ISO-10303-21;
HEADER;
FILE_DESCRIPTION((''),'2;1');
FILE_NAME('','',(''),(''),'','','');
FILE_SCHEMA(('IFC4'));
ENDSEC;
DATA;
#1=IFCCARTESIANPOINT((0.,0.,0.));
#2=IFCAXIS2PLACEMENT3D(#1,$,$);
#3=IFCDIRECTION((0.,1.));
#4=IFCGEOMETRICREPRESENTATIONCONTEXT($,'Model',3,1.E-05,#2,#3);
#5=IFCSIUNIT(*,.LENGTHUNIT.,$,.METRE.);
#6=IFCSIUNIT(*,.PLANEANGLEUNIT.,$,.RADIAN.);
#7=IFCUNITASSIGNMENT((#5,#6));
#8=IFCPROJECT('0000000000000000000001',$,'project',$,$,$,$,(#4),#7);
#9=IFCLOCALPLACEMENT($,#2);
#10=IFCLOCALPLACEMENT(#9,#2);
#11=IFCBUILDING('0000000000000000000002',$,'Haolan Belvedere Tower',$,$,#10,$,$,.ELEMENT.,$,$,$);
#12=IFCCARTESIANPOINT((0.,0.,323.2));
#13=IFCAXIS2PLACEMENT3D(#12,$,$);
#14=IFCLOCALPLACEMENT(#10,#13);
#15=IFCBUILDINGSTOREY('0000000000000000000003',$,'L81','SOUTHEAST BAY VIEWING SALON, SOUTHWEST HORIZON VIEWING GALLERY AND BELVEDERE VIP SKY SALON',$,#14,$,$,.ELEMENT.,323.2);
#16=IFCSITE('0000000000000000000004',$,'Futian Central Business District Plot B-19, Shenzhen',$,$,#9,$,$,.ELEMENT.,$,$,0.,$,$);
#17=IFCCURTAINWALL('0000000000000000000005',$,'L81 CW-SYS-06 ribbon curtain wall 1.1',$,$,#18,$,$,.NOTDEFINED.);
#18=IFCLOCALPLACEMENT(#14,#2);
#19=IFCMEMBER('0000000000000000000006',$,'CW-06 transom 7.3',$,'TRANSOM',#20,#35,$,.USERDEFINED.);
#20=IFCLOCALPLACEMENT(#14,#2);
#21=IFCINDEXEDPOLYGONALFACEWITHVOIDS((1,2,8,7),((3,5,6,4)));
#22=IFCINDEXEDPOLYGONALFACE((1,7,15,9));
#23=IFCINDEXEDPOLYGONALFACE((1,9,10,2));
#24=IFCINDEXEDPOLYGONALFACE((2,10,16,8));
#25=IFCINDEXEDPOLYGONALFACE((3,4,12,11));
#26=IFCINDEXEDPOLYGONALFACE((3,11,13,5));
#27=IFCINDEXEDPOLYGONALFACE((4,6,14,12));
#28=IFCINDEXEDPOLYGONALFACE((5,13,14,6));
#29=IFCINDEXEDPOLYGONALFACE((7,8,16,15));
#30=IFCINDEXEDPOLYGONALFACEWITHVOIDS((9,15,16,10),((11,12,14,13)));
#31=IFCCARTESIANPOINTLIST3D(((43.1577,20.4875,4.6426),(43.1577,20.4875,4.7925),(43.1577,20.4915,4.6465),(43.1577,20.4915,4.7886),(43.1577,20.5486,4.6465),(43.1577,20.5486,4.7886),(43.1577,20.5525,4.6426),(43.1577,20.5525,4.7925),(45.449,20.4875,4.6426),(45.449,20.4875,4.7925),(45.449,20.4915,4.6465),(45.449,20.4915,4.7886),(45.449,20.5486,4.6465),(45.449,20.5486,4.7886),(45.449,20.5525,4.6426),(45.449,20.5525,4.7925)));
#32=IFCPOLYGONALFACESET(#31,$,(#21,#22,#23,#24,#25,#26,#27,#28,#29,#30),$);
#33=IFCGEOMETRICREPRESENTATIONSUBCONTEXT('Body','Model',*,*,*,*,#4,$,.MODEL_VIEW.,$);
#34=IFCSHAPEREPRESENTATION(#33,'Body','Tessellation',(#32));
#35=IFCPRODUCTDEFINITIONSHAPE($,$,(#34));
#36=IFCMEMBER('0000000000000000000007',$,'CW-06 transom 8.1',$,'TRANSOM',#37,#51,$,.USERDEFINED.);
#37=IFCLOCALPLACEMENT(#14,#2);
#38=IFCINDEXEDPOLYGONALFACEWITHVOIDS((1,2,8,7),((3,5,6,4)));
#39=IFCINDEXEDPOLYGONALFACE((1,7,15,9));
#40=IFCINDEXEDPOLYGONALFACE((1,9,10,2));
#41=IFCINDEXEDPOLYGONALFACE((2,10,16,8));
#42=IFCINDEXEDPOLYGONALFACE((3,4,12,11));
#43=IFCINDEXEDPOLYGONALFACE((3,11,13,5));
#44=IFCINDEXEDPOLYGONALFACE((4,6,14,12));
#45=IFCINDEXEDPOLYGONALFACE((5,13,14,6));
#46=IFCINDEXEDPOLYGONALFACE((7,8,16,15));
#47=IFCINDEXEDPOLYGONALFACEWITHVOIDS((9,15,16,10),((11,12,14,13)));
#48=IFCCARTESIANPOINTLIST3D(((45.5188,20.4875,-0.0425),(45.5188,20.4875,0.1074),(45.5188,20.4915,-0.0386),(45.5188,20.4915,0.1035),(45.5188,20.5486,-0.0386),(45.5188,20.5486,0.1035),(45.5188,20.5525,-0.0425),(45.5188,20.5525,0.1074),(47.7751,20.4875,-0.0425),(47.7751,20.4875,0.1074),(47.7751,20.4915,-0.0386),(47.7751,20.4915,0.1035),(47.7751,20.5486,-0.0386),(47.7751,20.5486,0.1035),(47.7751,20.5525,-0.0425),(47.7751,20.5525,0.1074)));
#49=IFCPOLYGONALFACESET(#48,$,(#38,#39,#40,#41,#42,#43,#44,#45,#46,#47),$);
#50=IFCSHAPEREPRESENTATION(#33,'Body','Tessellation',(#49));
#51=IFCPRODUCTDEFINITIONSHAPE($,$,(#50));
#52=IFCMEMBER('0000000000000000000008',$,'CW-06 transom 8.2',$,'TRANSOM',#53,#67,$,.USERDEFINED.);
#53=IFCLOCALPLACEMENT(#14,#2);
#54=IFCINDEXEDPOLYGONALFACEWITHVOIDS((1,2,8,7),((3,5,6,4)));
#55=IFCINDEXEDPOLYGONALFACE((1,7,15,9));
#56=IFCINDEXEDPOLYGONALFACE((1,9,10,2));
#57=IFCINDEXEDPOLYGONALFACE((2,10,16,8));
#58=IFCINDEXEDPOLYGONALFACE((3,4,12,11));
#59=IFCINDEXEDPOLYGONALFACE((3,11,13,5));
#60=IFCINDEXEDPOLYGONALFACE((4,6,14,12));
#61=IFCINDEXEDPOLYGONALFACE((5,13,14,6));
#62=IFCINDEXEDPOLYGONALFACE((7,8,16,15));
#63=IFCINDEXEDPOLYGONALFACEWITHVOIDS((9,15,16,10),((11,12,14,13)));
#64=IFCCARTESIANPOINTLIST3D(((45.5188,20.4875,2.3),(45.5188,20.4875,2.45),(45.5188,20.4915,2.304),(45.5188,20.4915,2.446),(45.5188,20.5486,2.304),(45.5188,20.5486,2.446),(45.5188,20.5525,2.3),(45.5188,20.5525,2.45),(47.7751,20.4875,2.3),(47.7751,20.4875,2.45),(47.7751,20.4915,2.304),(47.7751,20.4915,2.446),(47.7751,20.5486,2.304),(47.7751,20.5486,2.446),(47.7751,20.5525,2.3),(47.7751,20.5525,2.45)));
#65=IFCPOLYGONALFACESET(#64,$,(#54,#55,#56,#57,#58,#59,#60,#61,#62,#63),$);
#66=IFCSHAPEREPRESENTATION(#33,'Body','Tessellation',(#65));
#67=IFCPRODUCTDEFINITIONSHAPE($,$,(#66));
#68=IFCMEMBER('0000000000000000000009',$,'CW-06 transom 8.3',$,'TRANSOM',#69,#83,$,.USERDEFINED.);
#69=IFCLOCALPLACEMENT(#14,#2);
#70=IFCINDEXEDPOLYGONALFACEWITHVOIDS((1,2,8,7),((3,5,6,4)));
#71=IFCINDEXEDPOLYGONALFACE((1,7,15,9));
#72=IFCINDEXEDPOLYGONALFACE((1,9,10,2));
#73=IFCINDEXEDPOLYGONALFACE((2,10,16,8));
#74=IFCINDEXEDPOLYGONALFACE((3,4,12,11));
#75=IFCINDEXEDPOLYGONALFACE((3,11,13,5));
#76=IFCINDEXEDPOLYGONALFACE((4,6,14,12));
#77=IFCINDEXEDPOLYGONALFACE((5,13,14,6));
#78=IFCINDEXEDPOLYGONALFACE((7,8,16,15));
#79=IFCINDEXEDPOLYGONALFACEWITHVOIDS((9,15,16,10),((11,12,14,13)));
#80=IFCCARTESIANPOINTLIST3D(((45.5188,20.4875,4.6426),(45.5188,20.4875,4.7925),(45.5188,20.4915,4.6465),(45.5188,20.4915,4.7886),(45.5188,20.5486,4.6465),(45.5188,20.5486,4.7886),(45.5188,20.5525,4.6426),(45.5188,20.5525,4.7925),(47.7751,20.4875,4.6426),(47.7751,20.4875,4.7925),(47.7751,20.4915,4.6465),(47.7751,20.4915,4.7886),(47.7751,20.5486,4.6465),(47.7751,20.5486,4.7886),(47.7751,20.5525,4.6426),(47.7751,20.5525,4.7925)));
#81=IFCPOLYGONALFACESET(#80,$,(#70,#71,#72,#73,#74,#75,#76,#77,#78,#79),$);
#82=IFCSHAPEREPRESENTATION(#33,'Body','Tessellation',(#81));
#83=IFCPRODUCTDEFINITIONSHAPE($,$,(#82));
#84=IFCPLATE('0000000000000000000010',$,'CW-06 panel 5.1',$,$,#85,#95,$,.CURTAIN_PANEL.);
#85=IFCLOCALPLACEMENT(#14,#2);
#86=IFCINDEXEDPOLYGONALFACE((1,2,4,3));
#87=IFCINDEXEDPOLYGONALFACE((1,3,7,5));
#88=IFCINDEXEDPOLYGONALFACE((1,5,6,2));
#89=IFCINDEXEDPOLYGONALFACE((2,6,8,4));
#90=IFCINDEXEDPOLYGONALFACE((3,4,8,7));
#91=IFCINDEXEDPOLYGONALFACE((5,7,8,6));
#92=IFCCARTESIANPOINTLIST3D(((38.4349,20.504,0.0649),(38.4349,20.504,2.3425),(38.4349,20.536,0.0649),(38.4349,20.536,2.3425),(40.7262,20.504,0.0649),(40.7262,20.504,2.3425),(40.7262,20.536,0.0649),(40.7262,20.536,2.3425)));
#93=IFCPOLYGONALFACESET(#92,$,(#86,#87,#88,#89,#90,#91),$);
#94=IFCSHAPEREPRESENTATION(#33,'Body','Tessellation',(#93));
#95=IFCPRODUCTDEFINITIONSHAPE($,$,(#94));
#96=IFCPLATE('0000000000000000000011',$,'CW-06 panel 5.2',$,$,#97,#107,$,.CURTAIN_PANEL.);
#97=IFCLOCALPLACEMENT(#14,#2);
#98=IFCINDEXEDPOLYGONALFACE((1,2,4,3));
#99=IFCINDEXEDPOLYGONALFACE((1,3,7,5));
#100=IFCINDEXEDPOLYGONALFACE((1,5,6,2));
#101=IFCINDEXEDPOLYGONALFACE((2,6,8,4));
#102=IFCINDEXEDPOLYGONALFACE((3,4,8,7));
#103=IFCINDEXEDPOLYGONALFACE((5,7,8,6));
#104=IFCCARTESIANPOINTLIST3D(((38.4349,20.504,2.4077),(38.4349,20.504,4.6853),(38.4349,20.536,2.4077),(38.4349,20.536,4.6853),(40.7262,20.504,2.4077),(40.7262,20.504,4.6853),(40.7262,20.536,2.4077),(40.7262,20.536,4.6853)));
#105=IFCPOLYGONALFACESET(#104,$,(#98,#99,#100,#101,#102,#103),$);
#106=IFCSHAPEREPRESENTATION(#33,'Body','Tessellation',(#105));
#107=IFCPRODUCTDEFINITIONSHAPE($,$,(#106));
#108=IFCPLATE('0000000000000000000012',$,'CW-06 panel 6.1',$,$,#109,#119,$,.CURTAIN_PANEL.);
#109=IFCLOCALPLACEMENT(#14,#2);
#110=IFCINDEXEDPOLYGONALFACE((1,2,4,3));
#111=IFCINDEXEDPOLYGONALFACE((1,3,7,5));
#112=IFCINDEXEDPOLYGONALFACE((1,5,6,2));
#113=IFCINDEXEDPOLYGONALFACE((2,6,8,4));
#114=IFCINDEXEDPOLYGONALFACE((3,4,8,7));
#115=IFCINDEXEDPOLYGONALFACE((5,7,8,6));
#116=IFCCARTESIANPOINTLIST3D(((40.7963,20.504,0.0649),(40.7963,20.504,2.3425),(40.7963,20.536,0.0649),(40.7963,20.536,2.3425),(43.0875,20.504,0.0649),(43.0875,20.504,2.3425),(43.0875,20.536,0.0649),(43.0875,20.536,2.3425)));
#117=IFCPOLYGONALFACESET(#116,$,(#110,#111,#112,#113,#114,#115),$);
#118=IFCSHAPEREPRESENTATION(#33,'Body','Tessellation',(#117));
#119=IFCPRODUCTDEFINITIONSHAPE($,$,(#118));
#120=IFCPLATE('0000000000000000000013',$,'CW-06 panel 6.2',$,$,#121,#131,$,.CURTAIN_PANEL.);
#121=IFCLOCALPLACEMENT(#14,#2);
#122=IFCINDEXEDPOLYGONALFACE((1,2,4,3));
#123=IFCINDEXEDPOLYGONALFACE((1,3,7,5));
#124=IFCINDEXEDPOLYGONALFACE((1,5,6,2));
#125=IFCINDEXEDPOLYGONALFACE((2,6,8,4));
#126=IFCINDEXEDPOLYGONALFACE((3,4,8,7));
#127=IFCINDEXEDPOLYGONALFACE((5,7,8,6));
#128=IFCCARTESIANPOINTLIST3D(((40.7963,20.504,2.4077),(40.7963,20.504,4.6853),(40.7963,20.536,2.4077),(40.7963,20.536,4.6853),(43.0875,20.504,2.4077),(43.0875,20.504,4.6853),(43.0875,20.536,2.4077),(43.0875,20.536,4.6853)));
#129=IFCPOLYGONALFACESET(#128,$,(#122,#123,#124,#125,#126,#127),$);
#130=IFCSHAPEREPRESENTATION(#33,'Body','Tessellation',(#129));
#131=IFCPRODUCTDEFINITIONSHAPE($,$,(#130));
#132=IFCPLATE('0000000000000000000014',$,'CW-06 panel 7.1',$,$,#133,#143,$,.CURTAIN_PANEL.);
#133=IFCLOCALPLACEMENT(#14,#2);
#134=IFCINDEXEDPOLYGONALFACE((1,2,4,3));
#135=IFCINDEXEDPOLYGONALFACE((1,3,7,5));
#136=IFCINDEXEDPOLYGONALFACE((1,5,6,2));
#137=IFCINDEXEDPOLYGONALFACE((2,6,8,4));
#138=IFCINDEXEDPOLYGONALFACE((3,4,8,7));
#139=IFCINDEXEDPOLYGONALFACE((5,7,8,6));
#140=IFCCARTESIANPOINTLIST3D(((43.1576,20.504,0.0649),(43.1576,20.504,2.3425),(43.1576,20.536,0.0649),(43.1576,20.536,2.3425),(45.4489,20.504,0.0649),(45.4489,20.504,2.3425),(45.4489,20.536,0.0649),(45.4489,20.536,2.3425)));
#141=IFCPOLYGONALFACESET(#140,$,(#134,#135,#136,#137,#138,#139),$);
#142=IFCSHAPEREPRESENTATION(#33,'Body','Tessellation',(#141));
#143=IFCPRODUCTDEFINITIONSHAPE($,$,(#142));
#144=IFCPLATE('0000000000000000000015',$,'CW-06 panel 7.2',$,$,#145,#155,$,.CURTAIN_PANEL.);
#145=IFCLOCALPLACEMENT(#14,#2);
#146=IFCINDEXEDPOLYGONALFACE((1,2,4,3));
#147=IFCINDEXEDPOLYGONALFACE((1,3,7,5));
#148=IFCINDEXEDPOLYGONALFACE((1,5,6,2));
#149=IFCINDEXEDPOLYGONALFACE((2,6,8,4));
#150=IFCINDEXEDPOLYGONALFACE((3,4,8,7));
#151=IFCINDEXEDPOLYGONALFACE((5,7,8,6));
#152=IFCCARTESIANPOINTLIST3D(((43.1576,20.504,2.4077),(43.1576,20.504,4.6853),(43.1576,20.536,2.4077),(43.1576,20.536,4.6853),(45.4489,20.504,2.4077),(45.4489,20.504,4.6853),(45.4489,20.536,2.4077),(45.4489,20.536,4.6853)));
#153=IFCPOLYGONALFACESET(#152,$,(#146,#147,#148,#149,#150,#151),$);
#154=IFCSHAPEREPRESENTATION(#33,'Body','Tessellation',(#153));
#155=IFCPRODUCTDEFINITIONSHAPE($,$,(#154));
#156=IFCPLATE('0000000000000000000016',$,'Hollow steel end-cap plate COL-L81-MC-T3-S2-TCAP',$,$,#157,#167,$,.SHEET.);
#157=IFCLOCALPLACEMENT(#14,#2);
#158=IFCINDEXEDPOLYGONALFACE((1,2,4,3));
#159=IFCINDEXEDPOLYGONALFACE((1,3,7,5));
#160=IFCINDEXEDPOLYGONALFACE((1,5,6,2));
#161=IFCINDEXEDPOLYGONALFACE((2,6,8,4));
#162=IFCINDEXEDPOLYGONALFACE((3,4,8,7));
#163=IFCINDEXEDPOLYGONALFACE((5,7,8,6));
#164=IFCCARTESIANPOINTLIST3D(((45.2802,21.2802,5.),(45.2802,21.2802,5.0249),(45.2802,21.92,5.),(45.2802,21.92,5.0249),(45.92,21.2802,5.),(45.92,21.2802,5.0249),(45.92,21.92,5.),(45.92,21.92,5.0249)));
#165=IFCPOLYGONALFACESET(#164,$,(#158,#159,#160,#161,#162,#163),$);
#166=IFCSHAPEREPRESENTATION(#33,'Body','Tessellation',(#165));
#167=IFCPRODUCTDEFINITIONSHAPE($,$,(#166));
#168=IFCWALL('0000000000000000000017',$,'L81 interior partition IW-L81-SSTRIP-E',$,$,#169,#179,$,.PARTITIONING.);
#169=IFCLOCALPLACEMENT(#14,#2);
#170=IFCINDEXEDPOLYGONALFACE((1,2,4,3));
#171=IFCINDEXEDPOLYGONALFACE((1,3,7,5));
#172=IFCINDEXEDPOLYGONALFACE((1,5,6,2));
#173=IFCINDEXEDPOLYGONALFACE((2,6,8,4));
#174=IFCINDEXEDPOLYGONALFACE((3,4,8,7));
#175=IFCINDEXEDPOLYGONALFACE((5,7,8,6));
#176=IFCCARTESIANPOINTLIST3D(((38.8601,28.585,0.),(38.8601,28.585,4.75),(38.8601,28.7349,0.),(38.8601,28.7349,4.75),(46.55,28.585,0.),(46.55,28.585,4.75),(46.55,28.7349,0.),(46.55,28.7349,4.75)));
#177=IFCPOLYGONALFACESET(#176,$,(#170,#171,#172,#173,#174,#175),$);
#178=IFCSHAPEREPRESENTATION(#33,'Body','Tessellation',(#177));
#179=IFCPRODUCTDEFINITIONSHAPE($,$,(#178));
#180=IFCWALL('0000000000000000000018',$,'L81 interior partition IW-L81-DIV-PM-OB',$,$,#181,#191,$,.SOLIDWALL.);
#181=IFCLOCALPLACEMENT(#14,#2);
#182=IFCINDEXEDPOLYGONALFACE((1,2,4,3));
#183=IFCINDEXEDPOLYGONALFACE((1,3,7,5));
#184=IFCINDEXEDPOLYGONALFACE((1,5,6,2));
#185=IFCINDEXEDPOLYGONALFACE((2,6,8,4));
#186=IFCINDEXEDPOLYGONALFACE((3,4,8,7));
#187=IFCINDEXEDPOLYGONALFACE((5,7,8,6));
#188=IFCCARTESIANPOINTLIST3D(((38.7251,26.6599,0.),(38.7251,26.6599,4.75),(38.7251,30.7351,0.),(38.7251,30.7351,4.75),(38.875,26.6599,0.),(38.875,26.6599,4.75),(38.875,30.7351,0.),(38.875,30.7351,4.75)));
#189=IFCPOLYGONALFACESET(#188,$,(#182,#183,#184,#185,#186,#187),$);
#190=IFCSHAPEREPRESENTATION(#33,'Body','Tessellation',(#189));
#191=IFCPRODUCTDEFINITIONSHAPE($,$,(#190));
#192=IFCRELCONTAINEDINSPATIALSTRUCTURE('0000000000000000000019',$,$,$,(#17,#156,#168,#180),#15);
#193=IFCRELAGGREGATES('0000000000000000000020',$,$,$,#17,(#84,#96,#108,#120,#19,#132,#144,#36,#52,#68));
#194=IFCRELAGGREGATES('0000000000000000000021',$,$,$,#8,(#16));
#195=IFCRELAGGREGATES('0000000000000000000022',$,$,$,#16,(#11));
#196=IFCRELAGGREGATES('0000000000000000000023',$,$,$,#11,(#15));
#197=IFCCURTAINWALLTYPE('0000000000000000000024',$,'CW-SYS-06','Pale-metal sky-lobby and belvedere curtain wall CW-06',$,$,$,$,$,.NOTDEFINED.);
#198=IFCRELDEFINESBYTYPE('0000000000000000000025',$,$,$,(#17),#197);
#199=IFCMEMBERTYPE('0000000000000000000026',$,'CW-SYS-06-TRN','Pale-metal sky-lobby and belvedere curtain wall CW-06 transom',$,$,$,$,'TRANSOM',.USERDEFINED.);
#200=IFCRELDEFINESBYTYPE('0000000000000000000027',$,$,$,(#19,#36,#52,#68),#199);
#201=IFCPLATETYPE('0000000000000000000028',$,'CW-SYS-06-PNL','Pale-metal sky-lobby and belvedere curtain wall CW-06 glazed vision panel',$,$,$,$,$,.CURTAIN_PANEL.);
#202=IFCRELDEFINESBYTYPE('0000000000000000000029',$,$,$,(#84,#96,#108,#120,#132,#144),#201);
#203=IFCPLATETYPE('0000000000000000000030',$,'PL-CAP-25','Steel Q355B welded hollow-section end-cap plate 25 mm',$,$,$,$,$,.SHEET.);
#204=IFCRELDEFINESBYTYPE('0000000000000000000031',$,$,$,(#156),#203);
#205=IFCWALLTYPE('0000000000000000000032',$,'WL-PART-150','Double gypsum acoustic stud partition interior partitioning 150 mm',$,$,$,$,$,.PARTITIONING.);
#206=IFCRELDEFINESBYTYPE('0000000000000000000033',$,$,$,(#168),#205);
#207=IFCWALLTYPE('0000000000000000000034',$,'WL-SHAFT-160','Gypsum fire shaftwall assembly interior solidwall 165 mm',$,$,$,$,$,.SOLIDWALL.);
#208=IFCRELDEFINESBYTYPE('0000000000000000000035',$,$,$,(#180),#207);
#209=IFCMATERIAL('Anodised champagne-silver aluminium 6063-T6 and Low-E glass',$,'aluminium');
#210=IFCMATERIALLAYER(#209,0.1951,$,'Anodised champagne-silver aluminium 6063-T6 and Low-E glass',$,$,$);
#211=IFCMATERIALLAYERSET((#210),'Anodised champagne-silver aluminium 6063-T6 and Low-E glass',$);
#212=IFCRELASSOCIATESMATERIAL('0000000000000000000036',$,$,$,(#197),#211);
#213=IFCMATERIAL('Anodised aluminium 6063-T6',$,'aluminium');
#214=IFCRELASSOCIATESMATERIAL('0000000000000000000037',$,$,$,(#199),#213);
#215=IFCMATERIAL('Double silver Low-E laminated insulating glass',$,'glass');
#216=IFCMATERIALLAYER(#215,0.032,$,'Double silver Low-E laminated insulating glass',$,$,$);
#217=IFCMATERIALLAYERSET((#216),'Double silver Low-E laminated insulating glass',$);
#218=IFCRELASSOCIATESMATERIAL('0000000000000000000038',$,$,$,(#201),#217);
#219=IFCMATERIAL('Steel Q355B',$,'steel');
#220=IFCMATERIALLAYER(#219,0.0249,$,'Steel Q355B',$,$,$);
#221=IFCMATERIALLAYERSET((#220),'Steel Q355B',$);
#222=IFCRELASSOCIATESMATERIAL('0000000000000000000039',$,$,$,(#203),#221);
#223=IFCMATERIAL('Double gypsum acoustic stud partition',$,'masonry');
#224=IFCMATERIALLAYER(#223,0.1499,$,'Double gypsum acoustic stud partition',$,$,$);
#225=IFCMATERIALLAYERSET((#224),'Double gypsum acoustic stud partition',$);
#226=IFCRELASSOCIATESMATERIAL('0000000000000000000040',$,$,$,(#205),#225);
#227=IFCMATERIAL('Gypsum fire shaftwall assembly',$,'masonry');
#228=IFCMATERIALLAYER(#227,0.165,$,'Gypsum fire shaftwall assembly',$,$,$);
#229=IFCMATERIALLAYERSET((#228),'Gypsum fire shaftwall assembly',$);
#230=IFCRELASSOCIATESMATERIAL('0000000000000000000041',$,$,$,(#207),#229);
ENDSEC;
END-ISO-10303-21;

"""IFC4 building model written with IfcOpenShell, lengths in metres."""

from ifc_helpers import new_model, si_unit, direction, frame, frame_2d, origin, origin_2d, place, context, subcontext, project, spatial, rectangle, hollow_rectangle, extrude, material, layer, layer_set, material_profile, profile_set, type_object, element, aggregate, save


model = new_model("IFC4")

# Units and contexts
model_context = context("Model", 3, precision=1e-05, world=origin(), true_north=direction((0.0, 1.0)))
body_context = subcontext(model_context, "Body", "Model", "MODEL_VIEW")
ifc_project = project(units=[si_unit("LENGTHUNIT", "METRE"), si_unit("PLANEANGLEUNIT", "RADIAN")], contexts=[model_context])

# Site, building, storey
site_placement = place(None, origin())
site = spatial("IfcSite", under=ifc_project, at=site_placement, Name="Futian Central Business District Plot B-19, Shenzhen", CompositionType="ELEMENT", RefElevation=0.0)
building_placement = place(site_placement, origin())
building = spatial("IfcBuilding", under=site, at=building_placement, Name="Haolan Belvedere Tower", CompositionType="ELEMENT")
storey_placement = place(building_placement, frame((0.0, 0.0, 323.2)))
storey = spatial("IfcBuildingStorey", under=building, at=storey_placement, Name="L81", Description="SOUTHEAST BAY VIEWING SALON, SOUTHWEST HORIZON VIEWING GALLERY AND BELVEDERE VIP SKY SALON", CompositionType="ELEMENT", Elevation=323.2)

# Shared definitions
ifc_material_1 = material(Name="Steel Q355B", Category="steel")

# Curtain wall, members, plates
ifc_material_2 = material(Name="Anodised champagne-silver aluminium 6063-T6 and Low-E glass", Category="aluminium")
ifc_layer_1 = layer(ifc_material_2, 0.1951, Name="Anodised champagne-silver aluminium 6063-T6 and Low-E glass")
ifc_layer_set_1 = layer_set([ifc_layer_1], Name="Anodised champagne-silver aluminium 6063-T6 and Low-E glass")
curtain_wall_type = type_object("IfcCurtainWallType", Name="CW-SYS-06", Description="Pale-metal sky-lobby and belvedere curtain wall CW-06", PredefinedType="NOTDEFINED", material=ifc_layer_set_1)
curtain_wall_placement = place(storey_placement, origin())
curtain_wall = element("IfcCurtainWall", 1, at=curtain_wall_placement, inside=storey, type_object=curtain_wall_type, Name="L81 CW-SYS-06 ribbon curtain wall 1.1", PredefinedType="NOTDEFINED")
ifc_material_3 = material(Name="Anodised aluminium 6063-T6", Category="aluminium")
ifc_material_profile_1 = material_profile(ifc_material_3, hollow_rectangle(XDim=0.0649, YDim=0.1499, WallThickness=0.0039, at=origin_2d()), Name="Anodised aluminium 6063-T6")
ifc_profile_set_1 = profile_set([ifc_material_profile_1], Name="Anodised aluminium 6063-T6")
member_type_1 = type_object("IfcMemberType", Name="CW-SYS-06-TRN", Description="Pale-metal sky-lobby and belvedere curtain wall CW-06 transom", ElementType="TRANSOM", PredefinedType="USERDEFINED", material=ifc_profile_set_1)
member_1_placement = place(storey_placement, frame((43.1577, 20.52, 4.7175), z_axis=(1.0, 0.0, 0.0), x_axis=(0.0, 1.0, 0.0)))
member_1 = element("IfcMember", 2, at=member_1_placement, type_object=member_type_1, Name="CW-06 transom 7.3", ObjectType="TRANSOM", PredefinedType="USERDEFINED", context=body_context, shape_type="SweptSolid", body=[
    extrude(hollow_rectangle(XDim=0.0649, YDim=0.1499, WallThickness=0.0039, at=origin_2d()), origin(), (0.0, 0.0, 1.0), 2.2913),
])
member_2_placement = place(storey_placement, frame((45.5188, 20.52, 0.0325), z_axis=(1.0, 0.0, 0.0), x_axis=(0.0, 1.0, 0.0)))
member_2 = element("IfcMember", 3, at=member_2_placement, type_object=member_type_1, Name="CW-06 transom 8.1", ObjectType="TRANSOM", PredefinedType="USERDEFINED", context=body_context, shape_type="SweptSolid", body=[
    extrude(hollow_rectangle(XDim=0.0649, YDim=0.1499, WallThickness=0.0039, at=origin_2d()), origin(), (0.0, 0.0, 1.0), 2.2563),
])
member_3_placement = place(storey_placement, frame((45.5188, 20.52, 2.375), z_axis=(1.0, 0.0, 0.0), x_axis=(0.0, 1.0, 0.0)))
member_3 = element("IfcMember", 4, at=member_3_placement, type_object=member_type_1, Name="CW-06 transom 8.2", ObjectType="TRANSOM", PredefinedType="USERDEFINED", context=body_context, shape_type="SweptSolid", body=[
    extrude(hollow_rectangle(XDim=0.0649, YDim=0.1499, WallThickness=0.0039, at=origin_2d()), origin(), (0.0, 0.0, 1.0), 2.2563),
])
member_4_placement = place(storey_placement, frame((45.5188, 20.52, 4.7175), z_axis=(1.0, 0.0, 0.0), x_axis=(0.0, 1.0, 0.0)))
member_4 = element("IfcMember", 5, at=member_4_placement, type_object=member_type_1, Name="CW-06 transom 8.3", ObjectType="TRANSOM", PredefinedType="USERDEFINED", context=body_context, shape_type="SweptSolid", body=[
    extrude(hollow_rectangle(XDim=0.0649, YDim=0.1499, WallThickness=0.0039, at=origin_2d()), origin(), (0.0, 0.0, 1.0), 2.2563),
])
ifc_material_4 = material(Name="Double silver Low-E laminated insulating glass", Category="glass")
ifc_layer_2 = layer(ifc_material_4, 0.032, Name="Double silver Low-E laminated insulating glass")
ifc_layer_set_2 = layer_set([ifc_layer_2], Name="Double silver Low-E laminated insulating glass")
plate_type_1 = type_object("IfcPlateType", Name="CW-SYS-06-PNL", Description="Pale-metal sky-lobby and belvedere curtain wall CW-06 glazed vision panel", PredefinedType="CURTAIN_PANEL", material=ifc_layer_set_2)
plate_1_placement = place(storey_placement, frame((39.5806, 20.52, 0.0649), z_axis=(0.0, 0.0, 1.0), x_axis=(1.0, 0.0, 0.0)))
plate_1 = element("IfcPlate", 6, at=plate_1_placement, type_object=plate_type_1, Name="CW-06 panel 5.1", PredefinedType="CURTAIN_PANEL", context=body_context, shape_type="SweptSolid", body=[
    extrude(rectangle(XDim=2.2913, YDim=0.032, at=origin_2d()), origin(), (0.0, 0.0, 1.0), 2.2776),
])
plate_2_placement = place(storey_placement, frame((39.5806, 20.52, 2.4077), z_axis=(0.0, 0.0, 1.0), x_axis=(1.0, 0.0, 0.0)))
plate_2 = element("IfcPlate", 7, at=plate_2_placement, type_object=plate_type_1, Name="CW-06 panel 5.2", PredefinedType="CURTAIN_PANEL", context=body_context, shape_type="SweptSolid", body=[
    extrude(rectangle(XDim=2.2913, YDim=0.032, at=origin_2d()), origin(), (0.0, 0.0, 1.0), 2.2776),
])
plate_3_placement = place(storey_placement, frame((41.9419, 20.52, 0.0649), z_axis=(0.0, 0.0, 1.0), x_axis=(1.0, 0.0, 0.0)))
plate_3 = element("IfcPlate", 8, at=plate_3_placement, type_object=plate_type_1, Name="CW-06 panel 6.1", PredefinedType="CURTAIN_PANEL", context=body_context, shape_type="SweptSolid", body=[
    extrude(rectangle(XDim=2.2913, YDim=0.032, at=origin_2d()), origin(), (0.0, 0.0, 1.0), 2.2776),
])
plate_4_placement = place(storey_placement, frame((41.9419, 20.52, 2.4077), z_axis=(0.0, 0.0, 1.0), x_axis=(1.0, 0.0, 0.0)))
plate_4 = element("IfcPlate", 9, at=plate_4_placement, type_object=plate_type_1, Name="CW-06 panel 6.2", PredefinedType="CURTAIN_PANEL", context=body_context, shape_type="SweptSolid", body=[
    extrude(rectangle(XDim=2.2913, YDim=0.032, at=origin_2d()), origin(), (0.0, 0.0, 1.0), 2.2776),
])
plate_5_placement = place(storey_placement, frame((44.3032, 20.52, 0.0649), z_axis=(0.0, 0.0, 1.0), x_axis=(1.0, 0.0, 0.0)))
plate_5 = element("IfcPlate", 10, at=plate_5_placement, type_object=plate_type_1, Name="CW-06 panel 7.1", PredefinedType="CURTAIN_PANEL", context=body_context, shape_type="SweptSolid", body=[
    extrude(rectangle(XDim=2.2913, YDim=0.032, at=origin_2d()), origin(), (0.0, 0.0, 1.0), 2.2776),
])
plate_6_placement = place(storey_placement, frame((44.3032, 20.52, 2.4077), z_axis=(0.0, 0.0, 1.0), x_axis=(1.0, 0.0, 0.0)))
plate_6 = element("IfcPlate", 11, at=plate_6_placement, type_object=plate_type_1, Name="CW-06 panel 7.2", PredefinedType="CURTAIN_PANEL", context=body_context, shape_type="SweptSolid", body=[
    extrude(rectangle(XDim=2.2913, YDim=0.032, at=origin_2d()), origin(), (0.0, 0.0, 1.0), 2.2776),
])
aggregate(curtain_wall, [plate_1, plate_2, plate_3, plate_4, member_1, plate_5, plate_6, member_2, member_3, member_4])

# Plate
ifc_layer_3 = layer(ifc_material_1, 0.0249, Name="Steel Q355B")
ifc_layer_set_3 = layer_set([ifc_layer_3], Name="Steel Q355B")
plate_type_2 = type_object("IfcPlateType", Name="PL-CAP-25", Description="Steel Q355B welded hollow-section end-cap plate 25 mm", PredefinedType="SHEET", material=ifc_layer_set_3)
plate_7_placement = place(storey_placement, frame((45.6001, 21.6001, 5.0), z_axis=(0.0, 0.0, 1.0), x_axis=(1.0, 0.0, 0.0)))
element("IfcPlate", 12, at=plate_7_placement, inside=storey, type_object=plate_type_2, Name="Hollow steel end-cap plate COL-L81-MC-T3-S2-TCAP", PredefinedType="SHEET", context=body_context, shape_type="SweptSolid", body=[
    extrude(rectangle(XDim=0.6399, YDim=0.6399, at=origin_2d()), origin(), (0.0, 0.0, 1.0), 0.0249),
])

# Walls
ifc_material_5 = material(Name="Double gypsum acoustic stud partition", Category="masonry")
ifc_layer_4 = layer(ifc_material_5, 0.1499, Name="Double gypsum acoustic stud partition")
ifc_layer_set_4 = layer_set([ifc_layer_4], Name="Double gypsum acoustic stud partition")
wall_type_1 = type_object("IfcWallType", Name="WL-PART-150", Description="Double gypsum acoustic stud partition interior partitioning 150 mm", PredefinedType="PARTITIONING", material=ifc_layer_set_4)
wall_1_placement = place(storey_placement, frame((38.8601, 28.6599, 0.0), z_axis=(0.0, 0.0, 1.0), x_axis=(1.0, 0.0, 0.0)))
element("IfcWall", 13, at=wall_1_placement, inside=storey, type_object=wall_type_1, Name="L81 interior partition IW-L81-SSTRIP-E", PredefinedType="PARTITIONING", context=body_context, shape_type="SweptSolid", body=[
    extrude(rectangle(XDim=7.6899, YDim=0.1499, at=frame_2d((3.845, 0.0))), origin(), (0.0, 0.0, 1.0), 4.75),
])
ifc_material_6 = material(Name="Gypsum fire shaftwall assembly", Category="masonry")
ifc_layer_5 = layer(ifc_material_6, 0.165, Name="Gypsum fire shaftwall assembly")
ifc_layer_set_5 = layer_set([ifc_layer_5], Name="Gypsum fire shaftwall assembly")
wall_type_2 = type_object("IfcWallType", Name="WL-SHAFT-160", Description="Gypsum fire shaftwall assembly interior solidwall 165 mm", PredefinedType="SOLIDWALL", material=ifc_layer_set_5)
wall_2_placement = place(storey_placement, frame((38.8, 26.6599, 0.0), z_axis=(0.0, 0.0, 1.0), x_axis=(0.0, 1.0, 0.0)))
element("IfcWall", 14, at=wall_2_placement, inside=storey, type_object=wall_type_2, Name="L81 interior partition IW-L81-DIV-PM-OB", PredefinedType="SOLIDWALL", context=body_context, shape_type="SweptSolid", body=[
    extrude(rectangle(XDim=4.0752, YDim=0.1499, at=frame_2d((2.0376, 0.0))), origin(), (0.0, 0.0, 1.0), 4.75),
])

save(model, "model.ifc")
